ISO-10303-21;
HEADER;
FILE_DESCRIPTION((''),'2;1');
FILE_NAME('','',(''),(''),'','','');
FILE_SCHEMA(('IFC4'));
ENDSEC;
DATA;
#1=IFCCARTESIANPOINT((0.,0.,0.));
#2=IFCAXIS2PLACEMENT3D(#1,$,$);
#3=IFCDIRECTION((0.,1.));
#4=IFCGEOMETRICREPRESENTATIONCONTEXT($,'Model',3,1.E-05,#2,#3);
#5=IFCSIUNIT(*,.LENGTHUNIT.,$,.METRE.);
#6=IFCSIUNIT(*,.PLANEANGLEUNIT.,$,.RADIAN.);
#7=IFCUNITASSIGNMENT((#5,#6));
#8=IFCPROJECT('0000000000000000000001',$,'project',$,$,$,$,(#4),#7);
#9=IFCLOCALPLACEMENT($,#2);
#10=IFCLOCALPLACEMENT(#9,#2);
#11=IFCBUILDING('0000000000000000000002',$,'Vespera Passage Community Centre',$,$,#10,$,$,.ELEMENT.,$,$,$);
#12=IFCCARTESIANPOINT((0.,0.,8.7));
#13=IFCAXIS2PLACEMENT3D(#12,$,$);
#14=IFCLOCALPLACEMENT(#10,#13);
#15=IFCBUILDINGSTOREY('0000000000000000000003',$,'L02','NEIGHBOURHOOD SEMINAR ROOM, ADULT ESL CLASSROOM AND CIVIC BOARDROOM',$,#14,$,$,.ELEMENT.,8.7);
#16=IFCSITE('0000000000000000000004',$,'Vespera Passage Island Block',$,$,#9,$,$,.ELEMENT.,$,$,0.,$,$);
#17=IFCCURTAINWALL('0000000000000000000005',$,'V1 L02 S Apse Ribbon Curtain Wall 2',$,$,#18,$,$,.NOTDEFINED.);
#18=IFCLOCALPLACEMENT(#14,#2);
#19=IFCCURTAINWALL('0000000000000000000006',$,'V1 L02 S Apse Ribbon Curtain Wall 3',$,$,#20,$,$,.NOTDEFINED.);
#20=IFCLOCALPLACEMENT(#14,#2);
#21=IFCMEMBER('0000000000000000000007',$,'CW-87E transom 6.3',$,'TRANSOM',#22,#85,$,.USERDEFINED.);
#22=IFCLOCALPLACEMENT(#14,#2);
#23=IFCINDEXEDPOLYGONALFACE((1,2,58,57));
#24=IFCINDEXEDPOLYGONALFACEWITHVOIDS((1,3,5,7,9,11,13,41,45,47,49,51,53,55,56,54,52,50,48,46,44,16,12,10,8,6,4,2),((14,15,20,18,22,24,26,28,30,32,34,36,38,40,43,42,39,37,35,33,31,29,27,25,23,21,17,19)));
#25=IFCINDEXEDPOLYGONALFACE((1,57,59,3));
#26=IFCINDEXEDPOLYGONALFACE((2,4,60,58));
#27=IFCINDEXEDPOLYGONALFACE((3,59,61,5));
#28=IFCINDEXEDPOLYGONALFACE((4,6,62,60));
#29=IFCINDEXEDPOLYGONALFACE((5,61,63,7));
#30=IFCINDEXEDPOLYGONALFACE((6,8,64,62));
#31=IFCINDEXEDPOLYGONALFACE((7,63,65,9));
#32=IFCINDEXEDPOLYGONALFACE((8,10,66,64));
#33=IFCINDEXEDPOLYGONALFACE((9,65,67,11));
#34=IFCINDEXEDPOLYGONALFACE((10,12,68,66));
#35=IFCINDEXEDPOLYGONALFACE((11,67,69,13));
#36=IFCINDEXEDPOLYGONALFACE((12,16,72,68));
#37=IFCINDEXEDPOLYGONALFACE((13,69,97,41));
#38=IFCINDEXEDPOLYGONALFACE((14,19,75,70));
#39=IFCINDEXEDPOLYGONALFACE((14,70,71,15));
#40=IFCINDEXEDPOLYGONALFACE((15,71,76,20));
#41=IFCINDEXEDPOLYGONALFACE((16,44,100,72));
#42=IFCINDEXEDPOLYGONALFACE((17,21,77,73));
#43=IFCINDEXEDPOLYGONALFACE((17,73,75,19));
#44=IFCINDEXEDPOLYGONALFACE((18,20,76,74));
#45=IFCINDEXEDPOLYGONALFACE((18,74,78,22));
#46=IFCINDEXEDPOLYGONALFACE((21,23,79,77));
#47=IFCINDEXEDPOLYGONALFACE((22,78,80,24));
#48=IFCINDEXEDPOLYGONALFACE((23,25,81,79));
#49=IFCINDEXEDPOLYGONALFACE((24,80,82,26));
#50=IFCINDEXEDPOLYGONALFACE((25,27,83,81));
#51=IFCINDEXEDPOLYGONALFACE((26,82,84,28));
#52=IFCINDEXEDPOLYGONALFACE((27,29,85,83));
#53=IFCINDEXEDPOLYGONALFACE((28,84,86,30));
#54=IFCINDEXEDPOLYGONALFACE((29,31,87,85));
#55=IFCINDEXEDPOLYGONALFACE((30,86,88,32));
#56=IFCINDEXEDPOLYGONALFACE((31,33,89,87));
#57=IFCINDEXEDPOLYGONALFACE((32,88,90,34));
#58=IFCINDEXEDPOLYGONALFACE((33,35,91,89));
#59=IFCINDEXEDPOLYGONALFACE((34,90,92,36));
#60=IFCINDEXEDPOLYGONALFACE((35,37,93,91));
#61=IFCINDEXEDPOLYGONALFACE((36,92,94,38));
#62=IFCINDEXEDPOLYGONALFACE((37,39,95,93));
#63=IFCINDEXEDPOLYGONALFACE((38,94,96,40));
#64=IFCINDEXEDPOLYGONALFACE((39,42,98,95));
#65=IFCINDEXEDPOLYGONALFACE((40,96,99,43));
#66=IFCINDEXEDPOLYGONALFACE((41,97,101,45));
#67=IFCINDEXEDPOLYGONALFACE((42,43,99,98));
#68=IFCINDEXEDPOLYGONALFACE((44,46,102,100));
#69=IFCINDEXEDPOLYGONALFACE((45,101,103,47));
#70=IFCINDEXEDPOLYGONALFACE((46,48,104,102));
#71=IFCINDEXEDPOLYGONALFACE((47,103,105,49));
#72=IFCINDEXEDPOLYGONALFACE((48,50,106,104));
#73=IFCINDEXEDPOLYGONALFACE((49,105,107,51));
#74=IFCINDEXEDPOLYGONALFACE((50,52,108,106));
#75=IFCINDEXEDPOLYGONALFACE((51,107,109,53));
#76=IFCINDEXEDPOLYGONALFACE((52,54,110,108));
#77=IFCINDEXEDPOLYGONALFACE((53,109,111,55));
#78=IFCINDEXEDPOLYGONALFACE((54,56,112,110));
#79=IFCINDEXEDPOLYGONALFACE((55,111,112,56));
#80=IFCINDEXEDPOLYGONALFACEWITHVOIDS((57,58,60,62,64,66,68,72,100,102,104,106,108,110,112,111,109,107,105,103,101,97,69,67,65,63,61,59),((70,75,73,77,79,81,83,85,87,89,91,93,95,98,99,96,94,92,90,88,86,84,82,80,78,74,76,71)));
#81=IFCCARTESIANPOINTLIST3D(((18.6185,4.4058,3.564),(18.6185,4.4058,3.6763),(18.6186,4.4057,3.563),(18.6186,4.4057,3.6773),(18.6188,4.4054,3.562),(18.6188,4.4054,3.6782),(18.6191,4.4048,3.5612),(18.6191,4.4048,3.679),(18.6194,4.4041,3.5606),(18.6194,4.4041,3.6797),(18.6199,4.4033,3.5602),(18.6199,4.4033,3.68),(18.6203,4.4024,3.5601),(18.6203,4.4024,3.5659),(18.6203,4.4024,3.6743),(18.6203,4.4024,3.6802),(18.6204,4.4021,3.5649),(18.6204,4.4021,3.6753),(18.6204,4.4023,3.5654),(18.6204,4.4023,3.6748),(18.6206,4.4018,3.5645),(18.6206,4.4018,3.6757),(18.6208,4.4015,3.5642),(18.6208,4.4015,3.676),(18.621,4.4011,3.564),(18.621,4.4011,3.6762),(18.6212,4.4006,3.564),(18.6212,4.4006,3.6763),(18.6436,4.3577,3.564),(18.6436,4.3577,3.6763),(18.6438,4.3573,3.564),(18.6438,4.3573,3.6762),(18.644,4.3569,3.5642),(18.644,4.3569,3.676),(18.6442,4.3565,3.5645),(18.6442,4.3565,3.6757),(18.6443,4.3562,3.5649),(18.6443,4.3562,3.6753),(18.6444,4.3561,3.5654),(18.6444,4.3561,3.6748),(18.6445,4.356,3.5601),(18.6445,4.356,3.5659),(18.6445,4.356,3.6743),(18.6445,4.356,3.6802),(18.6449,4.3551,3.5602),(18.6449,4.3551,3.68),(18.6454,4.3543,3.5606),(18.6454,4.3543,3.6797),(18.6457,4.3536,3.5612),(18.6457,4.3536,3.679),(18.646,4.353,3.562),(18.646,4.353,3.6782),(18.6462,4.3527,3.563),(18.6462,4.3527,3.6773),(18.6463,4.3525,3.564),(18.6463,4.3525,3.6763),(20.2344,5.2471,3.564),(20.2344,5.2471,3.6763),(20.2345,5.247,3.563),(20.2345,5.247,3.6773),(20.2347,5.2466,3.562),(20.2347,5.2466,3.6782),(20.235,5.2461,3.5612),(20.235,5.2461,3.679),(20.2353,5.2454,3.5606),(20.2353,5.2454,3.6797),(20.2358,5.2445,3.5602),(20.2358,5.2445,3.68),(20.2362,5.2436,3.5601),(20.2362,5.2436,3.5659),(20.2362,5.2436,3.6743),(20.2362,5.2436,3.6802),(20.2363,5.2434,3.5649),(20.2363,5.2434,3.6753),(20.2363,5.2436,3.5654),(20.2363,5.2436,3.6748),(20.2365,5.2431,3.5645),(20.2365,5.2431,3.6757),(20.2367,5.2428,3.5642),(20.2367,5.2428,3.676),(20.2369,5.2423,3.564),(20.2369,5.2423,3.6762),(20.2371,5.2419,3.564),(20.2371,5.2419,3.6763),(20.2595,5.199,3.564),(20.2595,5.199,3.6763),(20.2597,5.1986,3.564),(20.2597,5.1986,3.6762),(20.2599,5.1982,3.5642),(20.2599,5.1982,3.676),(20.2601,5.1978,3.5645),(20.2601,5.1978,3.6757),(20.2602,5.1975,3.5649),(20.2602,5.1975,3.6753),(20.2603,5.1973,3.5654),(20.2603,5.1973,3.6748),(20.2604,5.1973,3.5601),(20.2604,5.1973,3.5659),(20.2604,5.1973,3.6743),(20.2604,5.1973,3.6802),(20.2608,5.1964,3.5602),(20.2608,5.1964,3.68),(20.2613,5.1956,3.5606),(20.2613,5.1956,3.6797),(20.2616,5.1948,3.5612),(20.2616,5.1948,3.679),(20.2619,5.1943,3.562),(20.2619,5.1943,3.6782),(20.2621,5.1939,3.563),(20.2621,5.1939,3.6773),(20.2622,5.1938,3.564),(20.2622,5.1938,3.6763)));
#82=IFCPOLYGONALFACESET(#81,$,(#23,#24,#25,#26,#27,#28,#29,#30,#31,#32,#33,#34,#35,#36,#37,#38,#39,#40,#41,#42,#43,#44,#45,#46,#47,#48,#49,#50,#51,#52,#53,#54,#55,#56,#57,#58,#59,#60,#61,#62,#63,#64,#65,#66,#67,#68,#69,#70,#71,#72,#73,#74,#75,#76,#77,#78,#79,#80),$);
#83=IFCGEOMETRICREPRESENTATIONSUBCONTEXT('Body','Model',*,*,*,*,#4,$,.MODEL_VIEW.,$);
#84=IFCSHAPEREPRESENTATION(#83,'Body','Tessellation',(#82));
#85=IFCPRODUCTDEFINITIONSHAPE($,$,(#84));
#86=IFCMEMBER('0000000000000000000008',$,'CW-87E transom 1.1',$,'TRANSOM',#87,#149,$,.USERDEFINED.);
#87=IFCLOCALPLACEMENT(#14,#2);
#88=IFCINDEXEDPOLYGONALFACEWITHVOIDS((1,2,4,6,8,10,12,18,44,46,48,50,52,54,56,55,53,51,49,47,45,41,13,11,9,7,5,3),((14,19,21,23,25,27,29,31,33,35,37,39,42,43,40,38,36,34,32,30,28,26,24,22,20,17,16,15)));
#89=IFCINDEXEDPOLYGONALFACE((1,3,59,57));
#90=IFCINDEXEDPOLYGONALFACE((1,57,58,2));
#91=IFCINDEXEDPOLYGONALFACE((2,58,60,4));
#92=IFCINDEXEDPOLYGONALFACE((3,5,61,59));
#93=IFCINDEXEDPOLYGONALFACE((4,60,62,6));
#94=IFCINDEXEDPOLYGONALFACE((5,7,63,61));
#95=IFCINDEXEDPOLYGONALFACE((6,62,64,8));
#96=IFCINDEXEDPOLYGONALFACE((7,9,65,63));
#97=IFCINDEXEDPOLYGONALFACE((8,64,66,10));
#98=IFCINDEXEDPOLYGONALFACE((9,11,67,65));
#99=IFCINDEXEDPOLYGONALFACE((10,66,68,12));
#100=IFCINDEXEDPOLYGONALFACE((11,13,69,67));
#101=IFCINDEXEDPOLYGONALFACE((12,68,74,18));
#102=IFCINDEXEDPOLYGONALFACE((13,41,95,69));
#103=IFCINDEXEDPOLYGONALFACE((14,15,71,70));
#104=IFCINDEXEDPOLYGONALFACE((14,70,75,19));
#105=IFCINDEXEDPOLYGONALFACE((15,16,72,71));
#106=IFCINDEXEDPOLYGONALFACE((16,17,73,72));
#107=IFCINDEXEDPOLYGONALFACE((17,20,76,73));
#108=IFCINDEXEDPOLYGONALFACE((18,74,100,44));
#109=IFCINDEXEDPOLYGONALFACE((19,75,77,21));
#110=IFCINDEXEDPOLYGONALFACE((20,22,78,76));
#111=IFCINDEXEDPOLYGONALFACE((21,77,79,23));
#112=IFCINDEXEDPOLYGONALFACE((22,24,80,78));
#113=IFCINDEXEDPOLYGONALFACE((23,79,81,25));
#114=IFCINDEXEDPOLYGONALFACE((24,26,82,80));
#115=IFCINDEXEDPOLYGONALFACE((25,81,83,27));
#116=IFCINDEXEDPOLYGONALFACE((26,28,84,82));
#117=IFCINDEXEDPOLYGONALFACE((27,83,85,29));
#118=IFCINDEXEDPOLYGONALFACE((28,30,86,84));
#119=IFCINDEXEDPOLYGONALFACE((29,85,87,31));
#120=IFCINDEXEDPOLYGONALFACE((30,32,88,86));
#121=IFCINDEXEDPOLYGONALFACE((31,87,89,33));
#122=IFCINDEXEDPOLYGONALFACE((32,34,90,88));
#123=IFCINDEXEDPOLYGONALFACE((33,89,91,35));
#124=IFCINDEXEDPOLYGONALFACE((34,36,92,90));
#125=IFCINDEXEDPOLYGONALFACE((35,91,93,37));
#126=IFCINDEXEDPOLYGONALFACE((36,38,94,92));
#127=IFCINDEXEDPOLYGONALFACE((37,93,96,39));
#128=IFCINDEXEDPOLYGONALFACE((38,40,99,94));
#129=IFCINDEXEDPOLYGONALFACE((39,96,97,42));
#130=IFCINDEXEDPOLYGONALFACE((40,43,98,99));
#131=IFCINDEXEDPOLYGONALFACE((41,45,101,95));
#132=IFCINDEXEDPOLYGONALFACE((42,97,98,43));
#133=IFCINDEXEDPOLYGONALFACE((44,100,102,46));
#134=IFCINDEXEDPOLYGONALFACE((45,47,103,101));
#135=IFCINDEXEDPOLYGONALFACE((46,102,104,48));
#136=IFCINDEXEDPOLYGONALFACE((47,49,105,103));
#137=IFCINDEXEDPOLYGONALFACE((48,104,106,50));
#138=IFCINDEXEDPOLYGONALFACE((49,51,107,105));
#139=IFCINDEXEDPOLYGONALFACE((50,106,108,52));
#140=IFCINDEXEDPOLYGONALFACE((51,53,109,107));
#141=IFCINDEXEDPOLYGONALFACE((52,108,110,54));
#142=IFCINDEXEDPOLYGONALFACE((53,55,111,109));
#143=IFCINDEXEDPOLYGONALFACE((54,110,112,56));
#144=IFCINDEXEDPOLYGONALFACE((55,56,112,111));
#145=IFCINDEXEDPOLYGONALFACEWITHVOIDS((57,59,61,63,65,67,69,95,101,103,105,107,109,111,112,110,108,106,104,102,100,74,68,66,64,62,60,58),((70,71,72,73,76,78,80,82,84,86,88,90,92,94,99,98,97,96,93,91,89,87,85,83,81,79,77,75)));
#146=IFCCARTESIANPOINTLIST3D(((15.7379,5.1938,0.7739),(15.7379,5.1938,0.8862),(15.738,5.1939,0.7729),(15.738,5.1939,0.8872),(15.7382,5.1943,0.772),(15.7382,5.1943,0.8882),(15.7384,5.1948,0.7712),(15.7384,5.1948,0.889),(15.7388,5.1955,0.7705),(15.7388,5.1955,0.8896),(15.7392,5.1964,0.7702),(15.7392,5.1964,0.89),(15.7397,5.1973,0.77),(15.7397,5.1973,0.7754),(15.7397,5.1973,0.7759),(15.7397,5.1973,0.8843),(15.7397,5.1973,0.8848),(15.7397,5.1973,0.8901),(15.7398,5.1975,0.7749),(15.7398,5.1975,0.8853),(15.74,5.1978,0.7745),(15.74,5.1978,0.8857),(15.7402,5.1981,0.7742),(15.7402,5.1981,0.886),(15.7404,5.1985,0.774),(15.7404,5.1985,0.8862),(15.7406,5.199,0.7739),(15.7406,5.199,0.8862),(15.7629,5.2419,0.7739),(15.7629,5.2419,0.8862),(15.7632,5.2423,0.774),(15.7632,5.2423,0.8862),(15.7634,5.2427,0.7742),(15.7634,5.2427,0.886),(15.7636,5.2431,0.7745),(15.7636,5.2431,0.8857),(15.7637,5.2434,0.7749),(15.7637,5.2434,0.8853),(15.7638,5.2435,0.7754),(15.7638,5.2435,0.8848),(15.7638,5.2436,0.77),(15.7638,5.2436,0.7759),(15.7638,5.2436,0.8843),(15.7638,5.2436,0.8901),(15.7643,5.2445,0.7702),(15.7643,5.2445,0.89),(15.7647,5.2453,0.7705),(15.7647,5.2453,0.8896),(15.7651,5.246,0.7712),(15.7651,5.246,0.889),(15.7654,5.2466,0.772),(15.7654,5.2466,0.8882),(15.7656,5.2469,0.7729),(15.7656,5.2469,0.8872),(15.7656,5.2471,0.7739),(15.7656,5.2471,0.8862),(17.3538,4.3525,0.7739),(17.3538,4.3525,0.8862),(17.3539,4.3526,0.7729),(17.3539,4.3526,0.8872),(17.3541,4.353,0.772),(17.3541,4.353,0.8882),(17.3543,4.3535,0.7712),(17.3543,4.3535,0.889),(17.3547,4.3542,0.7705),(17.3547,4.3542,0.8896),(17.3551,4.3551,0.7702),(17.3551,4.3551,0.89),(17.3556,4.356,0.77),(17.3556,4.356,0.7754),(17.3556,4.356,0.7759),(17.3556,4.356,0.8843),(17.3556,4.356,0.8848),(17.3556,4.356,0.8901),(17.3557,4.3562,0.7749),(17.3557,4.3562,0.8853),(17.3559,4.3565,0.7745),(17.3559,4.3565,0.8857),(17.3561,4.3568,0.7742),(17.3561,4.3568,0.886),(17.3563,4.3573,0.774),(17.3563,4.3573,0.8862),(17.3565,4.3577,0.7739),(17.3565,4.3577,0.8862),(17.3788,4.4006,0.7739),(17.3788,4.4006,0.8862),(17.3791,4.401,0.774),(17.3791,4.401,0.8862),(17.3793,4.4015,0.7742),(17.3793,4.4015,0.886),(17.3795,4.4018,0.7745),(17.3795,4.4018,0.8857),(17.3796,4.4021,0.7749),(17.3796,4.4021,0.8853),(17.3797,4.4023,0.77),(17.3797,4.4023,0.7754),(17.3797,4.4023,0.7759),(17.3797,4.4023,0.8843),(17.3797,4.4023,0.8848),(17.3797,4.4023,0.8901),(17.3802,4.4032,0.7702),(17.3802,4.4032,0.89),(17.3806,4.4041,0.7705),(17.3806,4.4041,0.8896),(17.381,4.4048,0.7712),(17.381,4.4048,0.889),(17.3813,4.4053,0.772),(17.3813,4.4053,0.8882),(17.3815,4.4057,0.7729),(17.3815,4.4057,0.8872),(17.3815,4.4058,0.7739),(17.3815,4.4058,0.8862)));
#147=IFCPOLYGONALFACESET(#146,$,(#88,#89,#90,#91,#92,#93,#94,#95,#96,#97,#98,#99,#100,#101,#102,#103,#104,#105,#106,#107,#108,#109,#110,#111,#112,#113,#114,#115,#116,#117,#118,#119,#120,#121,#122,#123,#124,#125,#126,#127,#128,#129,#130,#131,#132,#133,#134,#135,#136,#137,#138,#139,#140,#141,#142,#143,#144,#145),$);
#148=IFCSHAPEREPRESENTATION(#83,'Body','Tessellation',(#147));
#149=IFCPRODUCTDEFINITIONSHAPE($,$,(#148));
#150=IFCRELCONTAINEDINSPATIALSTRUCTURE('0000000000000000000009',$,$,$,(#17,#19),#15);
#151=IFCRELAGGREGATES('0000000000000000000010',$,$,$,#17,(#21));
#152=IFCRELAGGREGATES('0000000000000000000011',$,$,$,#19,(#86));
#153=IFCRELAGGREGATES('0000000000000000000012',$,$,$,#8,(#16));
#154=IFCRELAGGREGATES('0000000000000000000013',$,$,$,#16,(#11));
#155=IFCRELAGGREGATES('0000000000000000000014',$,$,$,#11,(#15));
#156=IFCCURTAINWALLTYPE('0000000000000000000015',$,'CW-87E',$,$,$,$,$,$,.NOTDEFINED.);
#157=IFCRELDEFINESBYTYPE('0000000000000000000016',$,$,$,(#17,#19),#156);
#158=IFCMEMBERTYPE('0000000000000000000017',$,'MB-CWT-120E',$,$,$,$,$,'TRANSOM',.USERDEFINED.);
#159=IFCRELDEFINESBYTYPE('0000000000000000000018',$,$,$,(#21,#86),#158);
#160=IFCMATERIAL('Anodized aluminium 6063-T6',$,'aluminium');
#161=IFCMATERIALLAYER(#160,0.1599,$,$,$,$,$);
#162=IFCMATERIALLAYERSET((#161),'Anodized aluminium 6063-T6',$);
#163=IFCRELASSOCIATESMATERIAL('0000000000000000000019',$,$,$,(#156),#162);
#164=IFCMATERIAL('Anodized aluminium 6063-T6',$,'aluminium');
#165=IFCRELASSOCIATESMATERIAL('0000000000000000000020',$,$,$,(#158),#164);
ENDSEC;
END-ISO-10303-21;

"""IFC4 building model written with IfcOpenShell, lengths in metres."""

from ifc_helpers import new_model, si_unit, direction, frame, origin, origin_2d, place, context, subcontext, project, spatial, hollow_rectangle, extrude, material, layer, layer_set, material_profile, profile_set, type_object, element, aggregate, save


model = new_model("IFC4")

# Units and contexts
model_context = context("Model", 3, precision=1e-05, world=origin(), true_north=direction((0.0, 1.0)))
body_context = subcontext(model_context, "Body", "Model", "MODEL_VIEW")
ifc_project = project(units=[si_unit("LENGTHUNIT", "METRE"), si_unit("PLANEANGLEUNIT", "RADIAN")], contexts=[model_context])

# Site, building, storey
site_placement = place(None, origin())
site = spatial("IfcSite", under=ifc_project, at=site_placement, Name="Vespera Passage Island Block", CompositionType="ELEMENT", RefElevation=0.0)
building_placement = place(site_placement, origin())
building = spatial("IfcBuilding", under=site, at=building_placement, Name="Vespera Passage Community Centre", CompositionType="ELEMENT")
storey_placement = place(building_placement, frame((0.0, 0.0, 8.7)))
storey = spatial("IfcBuildingStorey", under=building, at=storey_placement, Name="L02", Description="NEIGHBOURHOOD SEMINAR ROOM, ADULT ESL CLASSROOM AND CIVIC BOARDROOM", CompositionType="ELEMENT", Elevation=8.7)

# Curtain walls
ifc_material_1 = material(Name="Anodized aluminium 6063-T6", Category="aluminium")
ifc_layer_1 = layer(ifc_material_1, 0.1599)
ifc_layer_set_1 = layer_set([ifc_layer_1], Name="Anodized aluminium 6063-T6")
curtain_wall_type = type_object("IfcCurtainWallType", Name="CW-87E", PredefinedType="NOTDEFINED", material=ifc_layer_set_1)
curtain_wall_1_placement = place(storey_placement, origin())
curtain_wall_1 = element("IfcCurtainWall", 1, at=curtain_wall_1_placement, inside=storey, type_object=curtain_wall_type, Name="V1 L02 S Apse Ribbon Curtain Wall 2", PredefinedType="NOTDEFINED")
curtain_wall_2_placement = place(storey_placement, origin())
curtain_wall_2 = element("IfcCurtainWall", 2, at=curtain_wall_2_placement, inside=storey, type_object=curtain_wall_type, Name="V1 L02 S Apse Ribbon Curtain Wall 3", PredefinedType="NOTDEFINED")

# Members
ifc_material_2 = material(Name="Anodized aluminium 6063-T6", Category="aluminium")
ifc_material_profile_1 = material_profile(ifc_material_2, hollow_rectangle(XDim=0.0601, YDim=0.1201, WallThickness=0.0039, InnerFilletRadius=0.002, OuterFilletRadius=0.0039, at=origin_2d()), Name="ALU120X60X4")
ifc_profile_set_1 = profile_set([ifc_material_profile_1], Name="Anodized aluminium 6063-T6")
member_type_1 = type_object("IfcMemberType", Name="MB-CWT-120E", ElementType="TRANSOM", PredefinedType="USERDEFINED", material=ifc_profile_set_1)
member_1_placement = place(storey_placement, frame((20.2483, 5.2205, 3.6201), z_axis=(-0.886991, -0.461787, 0.0), x_axis=(0.461787, -0.886991, 0.0)))
member_1 = element("IfcMember", 3, at=member_1_placement, type_object=member_type_1, Name="CW-87E transom 6.3", ObjectType="TRANSOM", PredefinedType="USERDEFINED", context=body_context, shape_type="SweptSolid", body=[
    extrude(hollow_rectangle(XDim=0.0601, YDim=0.1201, WallThickness=0.0039, InnerFilletRadius=0.002, OuterFilletRadius=0.0039, at=origin_2d()), origin(), (0.0, 0.0, 1.0), 1.8218),
])
member_2_placement = place(storey_placement, frame((17.3677, 4.3792, 0.8301), z_axis=(-0.886991, 0.461787, 0.0), x_axis=(-0.461787, -0.886991, 0.0)))
member_2 = element("IfcMember", 4, at=member_2_placement, type_object=member_type_1, Name="CW-87E transom 1.1", ObjectType="TRANSOM", PredefinedType="USERDEFINED", context=body_context, shape_type="SweptSolid", body=[
    extrude(hollow_rectangle(XDim=0.0601, YDim=0.1201, WallThickness=0.0039, InnerFilletRadius=0.002, OuterFilletRadius=0.0039, at=origin_2d()), origin(), (0.0, 0.0, 1.0), 1.8218),
])

aggregate(curtain_wall_1, [member_1])
aggregate(curtain_wall_2, [member_2])

save(model, "model.ifc")
